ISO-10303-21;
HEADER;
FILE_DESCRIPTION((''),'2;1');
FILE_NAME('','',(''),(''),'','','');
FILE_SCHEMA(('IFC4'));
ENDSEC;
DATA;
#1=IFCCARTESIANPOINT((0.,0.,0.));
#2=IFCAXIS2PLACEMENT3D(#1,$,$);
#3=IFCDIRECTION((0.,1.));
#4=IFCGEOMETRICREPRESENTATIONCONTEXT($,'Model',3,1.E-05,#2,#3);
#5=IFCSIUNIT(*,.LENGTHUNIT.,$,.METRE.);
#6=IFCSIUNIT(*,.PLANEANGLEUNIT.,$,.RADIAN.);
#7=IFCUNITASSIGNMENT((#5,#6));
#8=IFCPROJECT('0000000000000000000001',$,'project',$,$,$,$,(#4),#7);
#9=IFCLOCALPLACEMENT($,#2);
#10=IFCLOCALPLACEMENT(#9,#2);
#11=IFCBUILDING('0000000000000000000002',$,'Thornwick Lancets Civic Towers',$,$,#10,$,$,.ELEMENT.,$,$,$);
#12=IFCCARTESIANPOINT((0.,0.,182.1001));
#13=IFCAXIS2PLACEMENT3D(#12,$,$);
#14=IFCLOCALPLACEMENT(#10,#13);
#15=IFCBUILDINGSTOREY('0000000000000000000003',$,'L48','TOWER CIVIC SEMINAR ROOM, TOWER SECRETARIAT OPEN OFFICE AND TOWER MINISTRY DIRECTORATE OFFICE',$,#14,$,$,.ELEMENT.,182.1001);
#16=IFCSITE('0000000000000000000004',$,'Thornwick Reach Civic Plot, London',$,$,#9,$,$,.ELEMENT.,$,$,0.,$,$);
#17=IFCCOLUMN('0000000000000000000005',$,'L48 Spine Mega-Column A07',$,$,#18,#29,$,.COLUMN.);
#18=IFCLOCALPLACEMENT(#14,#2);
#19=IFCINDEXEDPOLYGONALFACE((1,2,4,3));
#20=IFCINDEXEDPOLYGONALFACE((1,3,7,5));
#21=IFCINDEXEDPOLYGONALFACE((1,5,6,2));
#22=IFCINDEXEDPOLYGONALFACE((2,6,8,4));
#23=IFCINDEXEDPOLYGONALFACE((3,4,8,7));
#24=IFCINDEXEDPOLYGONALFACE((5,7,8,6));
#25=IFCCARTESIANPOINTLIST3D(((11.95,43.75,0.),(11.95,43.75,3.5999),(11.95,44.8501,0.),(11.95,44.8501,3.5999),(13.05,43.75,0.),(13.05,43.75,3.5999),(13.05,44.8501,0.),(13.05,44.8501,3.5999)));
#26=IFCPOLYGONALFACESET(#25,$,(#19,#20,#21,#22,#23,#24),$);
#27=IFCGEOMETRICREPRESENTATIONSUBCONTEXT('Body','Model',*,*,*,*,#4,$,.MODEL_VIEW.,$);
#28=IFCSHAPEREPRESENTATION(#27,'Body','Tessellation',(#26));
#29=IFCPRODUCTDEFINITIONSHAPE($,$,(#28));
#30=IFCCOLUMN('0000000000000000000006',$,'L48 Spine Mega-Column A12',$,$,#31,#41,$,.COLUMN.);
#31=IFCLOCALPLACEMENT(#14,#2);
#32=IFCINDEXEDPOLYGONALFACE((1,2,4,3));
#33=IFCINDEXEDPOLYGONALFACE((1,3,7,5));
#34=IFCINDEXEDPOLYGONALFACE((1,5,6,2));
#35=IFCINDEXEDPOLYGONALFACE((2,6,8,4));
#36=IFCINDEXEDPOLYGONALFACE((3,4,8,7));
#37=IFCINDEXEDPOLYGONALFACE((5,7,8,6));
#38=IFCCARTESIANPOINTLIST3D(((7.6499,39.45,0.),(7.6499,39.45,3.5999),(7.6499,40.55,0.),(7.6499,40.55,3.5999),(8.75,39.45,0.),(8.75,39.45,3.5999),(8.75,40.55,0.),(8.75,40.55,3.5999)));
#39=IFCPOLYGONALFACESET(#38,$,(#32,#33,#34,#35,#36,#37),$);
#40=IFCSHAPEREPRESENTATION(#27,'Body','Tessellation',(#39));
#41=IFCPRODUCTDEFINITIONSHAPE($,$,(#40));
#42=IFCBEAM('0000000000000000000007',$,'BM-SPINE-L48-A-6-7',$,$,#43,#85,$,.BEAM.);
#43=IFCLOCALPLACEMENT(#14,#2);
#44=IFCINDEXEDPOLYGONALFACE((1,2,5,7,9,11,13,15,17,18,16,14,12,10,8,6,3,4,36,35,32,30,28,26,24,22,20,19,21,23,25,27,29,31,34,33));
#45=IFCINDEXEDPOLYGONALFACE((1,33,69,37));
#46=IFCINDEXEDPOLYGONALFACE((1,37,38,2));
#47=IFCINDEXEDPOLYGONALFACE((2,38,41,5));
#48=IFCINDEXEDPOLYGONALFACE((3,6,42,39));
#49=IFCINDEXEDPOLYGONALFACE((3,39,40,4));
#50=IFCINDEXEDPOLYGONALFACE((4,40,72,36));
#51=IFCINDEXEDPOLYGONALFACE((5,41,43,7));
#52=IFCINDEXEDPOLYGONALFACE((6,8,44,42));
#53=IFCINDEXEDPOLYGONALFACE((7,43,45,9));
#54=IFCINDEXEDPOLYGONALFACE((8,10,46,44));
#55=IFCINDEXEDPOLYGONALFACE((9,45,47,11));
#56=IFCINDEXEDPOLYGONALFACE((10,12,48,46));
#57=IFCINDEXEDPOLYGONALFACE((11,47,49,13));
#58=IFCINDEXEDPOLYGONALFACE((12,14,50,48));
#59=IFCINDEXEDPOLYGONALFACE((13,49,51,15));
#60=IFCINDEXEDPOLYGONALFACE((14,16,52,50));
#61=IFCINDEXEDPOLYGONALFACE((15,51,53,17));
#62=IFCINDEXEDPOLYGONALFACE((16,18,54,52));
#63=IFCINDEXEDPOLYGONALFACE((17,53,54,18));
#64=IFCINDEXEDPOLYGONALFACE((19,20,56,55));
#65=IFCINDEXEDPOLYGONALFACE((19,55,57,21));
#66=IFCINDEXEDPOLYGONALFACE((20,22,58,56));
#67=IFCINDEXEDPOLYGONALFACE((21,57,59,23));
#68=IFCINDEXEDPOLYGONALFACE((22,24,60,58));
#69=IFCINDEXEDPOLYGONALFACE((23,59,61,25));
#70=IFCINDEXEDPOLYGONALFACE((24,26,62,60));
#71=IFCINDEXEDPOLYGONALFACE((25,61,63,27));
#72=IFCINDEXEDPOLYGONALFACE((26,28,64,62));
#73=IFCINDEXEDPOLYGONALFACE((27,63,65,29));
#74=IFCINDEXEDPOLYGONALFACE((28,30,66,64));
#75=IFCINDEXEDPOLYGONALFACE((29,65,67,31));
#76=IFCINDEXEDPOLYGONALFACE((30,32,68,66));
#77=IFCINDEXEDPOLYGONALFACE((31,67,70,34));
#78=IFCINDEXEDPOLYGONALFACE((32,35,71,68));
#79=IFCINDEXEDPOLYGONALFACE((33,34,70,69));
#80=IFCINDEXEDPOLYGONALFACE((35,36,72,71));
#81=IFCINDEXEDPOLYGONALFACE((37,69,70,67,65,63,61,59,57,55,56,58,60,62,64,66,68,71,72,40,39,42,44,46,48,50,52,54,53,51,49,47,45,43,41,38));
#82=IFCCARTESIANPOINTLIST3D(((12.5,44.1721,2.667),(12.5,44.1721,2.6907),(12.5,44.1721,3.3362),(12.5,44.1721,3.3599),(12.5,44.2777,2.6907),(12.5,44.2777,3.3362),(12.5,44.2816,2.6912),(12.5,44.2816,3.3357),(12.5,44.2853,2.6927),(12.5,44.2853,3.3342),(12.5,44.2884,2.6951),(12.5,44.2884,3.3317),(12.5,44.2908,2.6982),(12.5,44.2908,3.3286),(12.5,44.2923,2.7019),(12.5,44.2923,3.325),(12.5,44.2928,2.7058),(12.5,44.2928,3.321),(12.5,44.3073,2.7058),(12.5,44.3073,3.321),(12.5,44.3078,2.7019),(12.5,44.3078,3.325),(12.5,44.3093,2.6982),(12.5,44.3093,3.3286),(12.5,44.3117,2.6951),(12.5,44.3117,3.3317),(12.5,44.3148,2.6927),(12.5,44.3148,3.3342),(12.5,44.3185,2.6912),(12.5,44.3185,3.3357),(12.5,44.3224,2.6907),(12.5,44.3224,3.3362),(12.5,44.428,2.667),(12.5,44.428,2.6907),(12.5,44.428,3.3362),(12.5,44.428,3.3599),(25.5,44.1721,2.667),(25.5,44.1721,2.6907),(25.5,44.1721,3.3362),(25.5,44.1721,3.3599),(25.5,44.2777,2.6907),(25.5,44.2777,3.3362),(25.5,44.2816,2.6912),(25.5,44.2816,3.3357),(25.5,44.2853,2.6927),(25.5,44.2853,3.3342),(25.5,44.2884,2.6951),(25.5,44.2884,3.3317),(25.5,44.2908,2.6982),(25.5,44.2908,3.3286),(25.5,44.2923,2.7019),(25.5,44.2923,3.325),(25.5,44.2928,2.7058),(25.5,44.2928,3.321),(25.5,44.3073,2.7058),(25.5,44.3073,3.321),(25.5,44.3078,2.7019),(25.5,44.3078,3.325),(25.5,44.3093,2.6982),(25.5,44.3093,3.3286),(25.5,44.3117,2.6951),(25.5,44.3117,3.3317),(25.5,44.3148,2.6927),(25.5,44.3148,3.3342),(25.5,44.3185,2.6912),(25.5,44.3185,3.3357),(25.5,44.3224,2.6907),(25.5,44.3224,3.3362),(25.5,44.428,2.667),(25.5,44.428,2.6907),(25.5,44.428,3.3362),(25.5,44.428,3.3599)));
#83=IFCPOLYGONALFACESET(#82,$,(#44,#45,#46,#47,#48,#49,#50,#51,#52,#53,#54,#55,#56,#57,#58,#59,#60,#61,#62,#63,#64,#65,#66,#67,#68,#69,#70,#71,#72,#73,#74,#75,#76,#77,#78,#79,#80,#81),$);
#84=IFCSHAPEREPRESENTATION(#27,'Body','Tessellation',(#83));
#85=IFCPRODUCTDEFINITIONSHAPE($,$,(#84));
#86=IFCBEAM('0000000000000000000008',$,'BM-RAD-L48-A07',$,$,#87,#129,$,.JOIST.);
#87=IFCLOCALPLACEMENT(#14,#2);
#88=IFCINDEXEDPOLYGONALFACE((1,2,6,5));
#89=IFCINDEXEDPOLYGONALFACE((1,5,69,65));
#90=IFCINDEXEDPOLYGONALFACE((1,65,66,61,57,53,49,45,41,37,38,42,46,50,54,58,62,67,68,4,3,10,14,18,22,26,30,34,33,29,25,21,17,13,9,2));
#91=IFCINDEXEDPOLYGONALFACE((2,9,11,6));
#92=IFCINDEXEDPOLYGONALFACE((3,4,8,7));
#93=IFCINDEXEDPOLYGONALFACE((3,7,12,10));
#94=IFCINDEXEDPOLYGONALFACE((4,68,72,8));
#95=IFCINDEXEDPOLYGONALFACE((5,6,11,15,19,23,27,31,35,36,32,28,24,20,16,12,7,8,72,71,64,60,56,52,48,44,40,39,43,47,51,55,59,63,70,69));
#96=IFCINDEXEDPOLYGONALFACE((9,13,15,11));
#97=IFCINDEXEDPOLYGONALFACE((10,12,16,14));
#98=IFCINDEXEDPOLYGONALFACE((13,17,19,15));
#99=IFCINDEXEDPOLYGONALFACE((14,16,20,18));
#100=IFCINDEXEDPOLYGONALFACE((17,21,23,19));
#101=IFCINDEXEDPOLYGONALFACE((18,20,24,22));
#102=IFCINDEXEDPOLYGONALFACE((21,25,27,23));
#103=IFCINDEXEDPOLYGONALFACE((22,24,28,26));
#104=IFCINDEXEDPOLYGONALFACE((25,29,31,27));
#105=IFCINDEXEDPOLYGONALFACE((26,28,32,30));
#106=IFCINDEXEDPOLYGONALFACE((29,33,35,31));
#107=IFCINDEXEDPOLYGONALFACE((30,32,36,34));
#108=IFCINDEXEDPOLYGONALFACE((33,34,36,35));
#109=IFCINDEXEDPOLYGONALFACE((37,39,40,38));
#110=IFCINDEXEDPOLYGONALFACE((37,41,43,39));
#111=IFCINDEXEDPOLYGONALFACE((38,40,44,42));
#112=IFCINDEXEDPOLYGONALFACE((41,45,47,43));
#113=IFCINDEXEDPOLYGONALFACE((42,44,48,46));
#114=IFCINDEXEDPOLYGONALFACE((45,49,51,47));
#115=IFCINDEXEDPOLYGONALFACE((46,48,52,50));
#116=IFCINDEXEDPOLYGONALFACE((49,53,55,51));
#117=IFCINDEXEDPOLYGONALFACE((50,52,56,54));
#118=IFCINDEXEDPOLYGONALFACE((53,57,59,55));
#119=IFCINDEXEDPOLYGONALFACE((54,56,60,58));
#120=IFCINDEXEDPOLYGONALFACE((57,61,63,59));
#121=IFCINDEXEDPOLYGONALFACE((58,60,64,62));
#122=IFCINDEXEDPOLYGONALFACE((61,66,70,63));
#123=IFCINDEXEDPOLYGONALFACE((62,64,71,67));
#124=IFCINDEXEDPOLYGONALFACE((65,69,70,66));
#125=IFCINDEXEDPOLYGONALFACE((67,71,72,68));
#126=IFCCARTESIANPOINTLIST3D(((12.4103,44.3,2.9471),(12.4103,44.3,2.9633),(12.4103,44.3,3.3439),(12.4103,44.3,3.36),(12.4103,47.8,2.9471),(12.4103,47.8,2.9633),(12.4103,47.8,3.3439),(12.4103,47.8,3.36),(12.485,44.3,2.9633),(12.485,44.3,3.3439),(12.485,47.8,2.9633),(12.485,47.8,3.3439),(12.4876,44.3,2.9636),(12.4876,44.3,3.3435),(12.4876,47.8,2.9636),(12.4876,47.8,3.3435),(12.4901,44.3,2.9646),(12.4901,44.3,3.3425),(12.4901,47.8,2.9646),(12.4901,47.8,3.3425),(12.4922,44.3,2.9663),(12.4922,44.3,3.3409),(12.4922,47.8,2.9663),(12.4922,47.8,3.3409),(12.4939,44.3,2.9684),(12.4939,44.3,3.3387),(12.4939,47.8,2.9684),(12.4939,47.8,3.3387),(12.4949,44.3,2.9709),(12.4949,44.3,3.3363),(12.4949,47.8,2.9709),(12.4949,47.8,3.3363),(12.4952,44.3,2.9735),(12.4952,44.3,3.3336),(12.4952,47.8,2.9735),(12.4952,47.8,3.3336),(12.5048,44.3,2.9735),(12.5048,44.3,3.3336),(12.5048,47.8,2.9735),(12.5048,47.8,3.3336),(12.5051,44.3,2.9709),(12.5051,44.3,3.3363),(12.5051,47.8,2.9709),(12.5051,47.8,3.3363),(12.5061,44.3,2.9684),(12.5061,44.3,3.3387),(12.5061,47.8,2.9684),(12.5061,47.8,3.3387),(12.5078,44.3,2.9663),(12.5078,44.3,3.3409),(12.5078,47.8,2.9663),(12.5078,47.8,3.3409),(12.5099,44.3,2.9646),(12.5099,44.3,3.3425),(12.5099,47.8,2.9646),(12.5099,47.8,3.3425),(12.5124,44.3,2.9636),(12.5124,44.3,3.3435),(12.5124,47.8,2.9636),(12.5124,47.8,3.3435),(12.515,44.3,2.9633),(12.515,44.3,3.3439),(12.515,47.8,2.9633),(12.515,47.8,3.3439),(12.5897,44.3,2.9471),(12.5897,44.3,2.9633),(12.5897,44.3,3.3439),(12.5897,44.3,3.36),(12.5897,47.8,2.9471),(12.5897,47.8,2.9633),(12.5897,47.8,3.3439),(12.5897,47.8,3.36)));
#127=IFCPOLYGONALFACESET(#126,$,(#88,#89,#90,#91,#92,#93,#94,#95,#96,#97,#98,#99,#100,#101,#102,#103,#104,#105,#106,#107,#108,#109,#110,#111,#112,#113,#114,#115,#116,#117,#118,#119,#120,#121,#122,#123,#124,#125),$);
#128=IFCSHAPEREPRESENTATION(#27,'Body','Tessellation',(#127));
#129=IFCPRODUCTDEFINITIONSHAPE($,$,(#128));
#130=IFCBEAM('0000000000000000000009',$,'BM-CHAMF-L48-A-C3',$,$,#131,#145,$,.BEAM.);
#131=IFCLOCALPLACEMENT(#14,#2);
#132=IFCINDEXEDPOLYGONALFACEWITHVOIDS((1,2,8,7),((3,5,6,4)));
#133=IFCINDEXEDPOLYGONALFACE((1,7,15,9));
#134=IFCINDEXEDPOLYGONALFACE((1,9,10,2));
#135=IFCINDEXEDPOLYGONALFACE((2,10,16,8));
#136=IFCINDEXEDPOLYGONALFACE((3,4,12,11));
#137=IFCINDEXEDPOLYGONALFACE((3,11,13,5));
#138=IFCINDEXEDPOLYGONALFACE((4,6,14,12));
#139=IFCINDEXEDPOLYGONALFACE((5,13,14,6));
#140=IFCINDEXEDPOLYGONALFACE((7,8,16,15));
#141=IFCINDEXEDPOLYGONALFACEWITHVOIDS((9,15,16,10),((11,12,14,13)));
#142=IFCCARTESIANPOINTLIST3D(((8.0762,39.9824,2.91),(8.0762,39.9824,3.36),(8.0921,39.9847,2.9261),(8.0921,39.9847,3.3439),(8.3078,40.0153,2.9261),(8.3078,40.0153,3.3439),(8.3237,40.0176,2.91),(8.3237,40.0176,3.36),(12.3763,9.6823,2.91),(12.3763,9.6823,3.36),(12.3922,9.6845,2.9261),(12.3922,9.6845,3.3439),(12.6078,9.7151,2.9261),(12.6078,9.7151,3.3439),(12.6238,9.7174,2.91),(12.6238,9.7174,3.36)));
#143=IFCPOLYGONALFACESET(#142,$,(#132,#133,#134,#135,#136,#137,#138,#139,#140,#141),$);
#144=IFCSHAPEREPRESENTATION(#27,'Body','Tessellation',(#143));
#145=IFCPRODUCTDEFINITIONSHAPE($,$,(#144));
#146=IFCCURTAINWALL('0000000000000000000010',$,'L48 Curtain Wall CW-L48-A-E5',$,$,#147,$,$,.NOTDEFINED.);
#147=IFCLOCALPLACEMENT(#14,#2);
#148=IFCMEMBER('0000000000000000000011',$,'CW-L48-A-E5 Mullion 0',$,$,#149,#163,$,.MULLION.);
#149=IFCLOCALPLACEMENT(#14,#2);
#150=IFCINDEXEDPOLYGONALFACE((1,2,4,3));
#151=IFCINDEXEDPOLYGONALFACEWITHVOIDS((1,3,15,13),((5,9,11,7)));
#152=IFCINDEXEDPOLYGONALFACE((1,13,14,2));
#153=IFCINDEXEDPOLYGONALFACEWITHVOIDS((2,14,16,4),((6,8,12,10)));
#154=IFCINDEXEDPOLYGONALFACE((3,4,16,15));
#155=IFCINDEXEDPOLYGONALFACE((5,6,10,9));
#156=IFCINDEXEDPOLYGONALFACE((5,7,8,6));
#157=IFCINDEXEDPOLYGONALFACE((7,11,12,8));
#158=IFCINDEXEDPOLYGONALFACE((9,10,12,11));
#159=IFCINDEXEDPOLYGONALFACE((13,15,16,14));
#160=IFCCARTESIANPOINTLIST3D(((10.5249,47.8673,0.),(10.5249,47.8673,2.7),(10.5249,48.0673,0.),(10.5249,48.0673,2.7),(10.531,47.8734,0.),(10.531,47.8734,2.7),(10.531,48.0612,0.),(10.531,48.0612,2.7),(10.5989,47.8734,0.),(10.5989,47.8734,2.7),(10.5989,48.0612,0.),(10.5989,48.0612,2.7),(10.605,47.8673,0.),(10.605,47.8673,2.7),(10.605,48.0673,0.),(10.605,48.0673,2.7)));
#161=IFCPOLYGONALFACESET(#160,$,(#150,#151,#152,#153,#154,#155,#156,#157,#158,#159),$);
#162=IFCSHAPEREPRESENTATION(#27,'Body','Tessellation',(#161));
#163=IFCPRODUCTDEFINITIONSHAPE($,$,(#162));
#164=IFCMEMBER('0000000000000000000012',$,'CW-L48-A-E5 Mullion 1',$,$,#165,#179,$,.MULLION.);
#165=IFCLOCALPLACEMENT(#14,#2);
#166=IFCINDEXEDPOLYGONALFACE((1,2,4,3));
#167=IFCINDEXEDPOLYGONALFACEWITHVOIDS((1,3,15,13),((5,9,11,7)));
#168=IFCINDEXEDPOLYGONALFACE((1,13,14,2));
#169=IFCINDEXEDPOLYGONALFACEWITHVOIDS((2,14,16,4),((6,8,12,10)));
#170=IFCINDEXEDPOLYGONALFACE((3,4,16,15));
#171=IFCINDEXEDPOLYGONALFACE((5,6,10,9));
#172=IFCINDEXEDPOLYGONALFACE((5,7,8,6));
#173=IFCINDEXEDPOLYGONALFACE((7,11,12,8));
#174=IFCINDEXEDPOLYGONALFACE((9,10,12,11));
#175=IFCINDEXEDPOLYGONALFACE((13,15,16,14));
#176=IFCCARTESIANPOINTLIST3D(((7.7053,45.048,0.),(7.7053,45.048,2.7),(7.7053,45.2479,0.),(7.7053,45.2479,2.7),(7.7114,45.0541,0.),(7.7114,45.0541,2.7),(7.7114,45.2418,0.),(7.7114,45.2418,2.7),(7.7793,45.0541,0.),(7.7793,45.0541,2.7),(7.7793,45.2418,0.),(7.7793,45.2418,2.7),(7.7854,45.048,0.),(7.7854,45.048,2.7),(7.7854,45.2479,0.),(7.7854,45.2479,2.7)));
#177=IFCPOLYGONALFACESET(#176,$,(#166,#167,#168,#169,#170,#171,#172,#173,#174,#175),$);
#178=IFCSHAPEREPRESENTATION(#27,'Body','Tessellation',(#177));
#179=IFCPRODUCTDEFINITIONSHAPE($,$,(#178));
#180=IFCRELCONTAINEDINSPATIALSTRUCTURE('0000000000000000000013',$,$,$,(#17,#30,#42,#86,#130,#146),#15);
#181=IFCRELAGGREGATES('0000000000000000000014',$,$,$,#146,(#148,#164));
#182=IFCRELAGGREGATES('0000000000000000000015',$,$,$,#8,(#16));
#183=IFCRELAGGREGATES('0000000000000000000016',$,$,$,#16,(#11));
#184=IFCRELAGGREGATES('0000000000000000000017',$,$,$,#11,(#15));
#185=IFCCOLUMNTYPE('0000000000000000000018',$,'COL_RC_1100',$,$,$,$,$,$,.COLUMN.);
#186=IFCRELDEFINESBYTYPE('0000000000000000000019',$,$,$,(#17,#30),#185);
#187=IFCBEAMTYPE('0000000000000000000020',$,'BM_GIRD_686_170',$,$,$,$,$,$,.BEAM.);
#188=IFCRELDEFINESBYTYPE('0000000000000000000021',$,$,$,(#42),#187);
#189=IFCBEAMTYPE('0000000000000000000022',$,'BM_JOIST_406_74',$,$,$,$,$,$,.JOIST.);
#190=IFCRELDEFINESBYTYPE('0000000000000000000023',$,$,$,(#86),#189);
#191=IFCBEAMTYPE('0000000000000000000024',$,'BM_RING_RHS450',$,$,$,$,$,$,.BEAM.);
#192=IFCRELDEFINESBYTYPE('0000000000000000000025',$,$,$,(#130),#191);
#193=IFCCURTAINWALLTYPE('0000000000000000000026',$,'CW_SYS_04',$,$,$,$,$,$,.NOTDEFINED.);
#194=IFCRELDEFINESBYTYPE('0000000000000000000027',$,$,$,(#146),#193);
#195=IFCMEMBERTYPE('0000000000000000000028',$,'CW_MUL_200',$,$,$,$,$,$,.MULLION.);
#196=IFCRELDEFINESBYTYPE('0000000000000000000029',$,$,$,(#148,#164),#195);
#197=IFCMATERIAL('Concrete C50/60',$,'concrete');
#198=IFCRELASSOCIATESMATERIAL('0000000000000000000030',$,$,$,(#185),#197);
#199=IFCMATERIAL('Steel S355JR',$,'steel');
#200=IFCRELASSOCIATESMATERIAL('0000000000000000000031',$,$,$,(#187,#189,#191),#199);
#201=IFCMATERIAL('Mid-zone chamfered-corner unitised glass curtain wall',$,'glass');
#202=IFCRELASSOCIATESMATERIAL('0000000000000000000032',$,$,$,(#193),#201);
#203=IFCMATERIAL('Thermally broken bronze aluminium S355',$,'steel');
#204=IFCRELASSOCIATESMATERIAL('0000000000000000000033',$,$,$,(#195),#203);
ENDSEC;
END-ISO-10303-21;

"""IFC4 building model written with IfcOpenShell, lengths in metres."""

from ifc_helpers import new_model, si_unit, direction, frame, origin, origin_2d, place, context, subcontext, project, spatial, rectangle, hollow_rectangle, i_section, extrude, material, material_profile, profile_set, type_object, element, aggregate, save


model = new_model("IFC4")

# Units and contexts
model_context = context("Model", 3, precision=1e-05, world=origin(), true_north=direction((0.0, 1.0)))
body_context = subcontext(model_context, "Body", "Model", "MODEL_VIEW")
ifc_project = project(units=[si_unit("LENGTHUNIT", "METRE"), si_unit("PLANEANGLEUNIT", "RADIAN")], contexts=[model_context])

# Site, building, storey
site_placement = place(None, origin())
site = spatial("IfcSite", under=ifc_project, at=site_placement, Name="Thornwick Reach Civic Plot, London", CompositionType="ELEMENT", RefElevation=0.0)
building_placement = place(site_placement, origin())
building = spatial("IfcBuilding", under=site, at=building_placement, Name="Thornwick Lancets Civic Towers", CompositionType="ELEMENT")
storey_placement = place(building_placement, frame((0.0, 0.0, 182.1001)))
storey = spatial("IfcBuildingStorey", under=building, at=storey_placement, Name="L48", Description="TOWER CIVIC SEMINAR ROOM, TOWER SECRETARIAT OPEN OFFICE AND TOWER MINISTRY DIRECTORATE OFFICE", CompositionType="ELEMENT", Elevation=182.1001)

# Columns
ifc_material_1 = material(Name="Concrete C50/60", Category="concrete")
ifc_material_profile_1 = material_profile(ifc_material_1, rectangle(XDim=1.1001, YDim=1.1001, at=origin_2d()), Name="RC 1100x1100")
ifc_profile_set_1 = profile_set([ifc_material_profile_1], Name="Concrete C50/60")
column_type = type_object("IfcColumnType", Name="COL_RC_1100", PredefinedType="COLUMN", material=ifc_profile_set_1)
for number, where, z_axis, x_axis, name in (
    (1, (12.5, 44.3, 0.0), (0.0, 0.0, 1.0), (1.0, 0.0, 0.0), "L48 Spine Mega-Column A07"),
    (2, (8.2, 40.0, 0.0), (0.0, 0.0, 1.0), (1.0, 0.0, 0.0), "L48 Spine Mega-Column A12"),
):
    element("IfcColumn", number, at=place(storey_placement, frame(where, z_axis=z_axis, x_axis=x_axis)), inside=storey, type_object=column_type, Name=name, PredefinedType="COLUMN", context=body_context, shape_type="SweptSolid", body=[
        extrude(rectangle(XDim=1.1001, YDim=1.1001, at=origin_2d()), origin(), (0.0, 0.0, 1.0), 3.5999),
    ])

# Beams
ifc_material_2 = material(Name="Steel S355JR", Category="steel")
ifc_material_profile_2 = material_profile(ifc_material_2, i_section(OverallWidth=0.2559, OverallDepth=0.6929, WebThickness=0.0144, FlangeThickness=0.0237, FilletRadius=0.0151, at=origin_2d()), Name="UKB 686x254x170")
ifc_profile_set_2 = profile_set([ifc_material_profile_2], Name="Steel S355JR")
beam_type_1 = type_object("IfcBeamType", Name="BM_GIRD_686_170", PredefinedType="BEAM", material=ifc_profile_set_2)
beam_1_placement = place(storey_placement, frame((12.5, 44.3, 3.0134), z_axis=(1.0, 0.0, 0.0), x_axis=(0.0, 1.0, 0.0)))
element("IfcBeam", 3, at=beam_1_placement, inside=storey, type_object=beam_type_1, Name="BM-SPINE-L48-A-6-7", PredefinedType="BEAM", context=body_context, shape_type="SweptSolid", body=[
    extrude(i_section(OverallWidth=0.2559, OverallDepth=0.6929, WebThickness=0.0144, FlangeThickness=0.0237, FilletRadius=0.0151, at=origin_2d()), origin(), (0.0, 0.0, 1.0), 13.0),
])
ifc_material_profile_3 = material_profile(ifc_material_2, i_section(OverallWidth=0.1794, OverallDepth=0.4128, WebThickness=0.0095, FlangeThickness=0.0161, FilletRadius=0.0103, at=origin_2d()), Name="UKB 406x178x74")
ifc_profile_set_3 = profile_set([ifc_material_profile_3], Name="Steel S355JR")
beam_type_2 = type_object("IfcBeamType", Name="BM_JOIST_406_74", PredefinedType="JOIST", material=ifc_profile_set_3)
beam_2_placement = place(storey_placement, frame((12.5, 44.3, 3.1536), z_axis=(0.0, 1.0, 0.0), x_axis=(-1.0, 0.0, 0.0)))
element("IfcBeam", 4, at=beam_2_placement, inside=storey, type_object=beam_type_2, Name="BM-RAD-L48-A07", PredefinedType="JOIST", context=body_context, shape_type="SweptSolid", body=[
    extrude(i_section(OverallWidth=0.1794, OverallDepth=0.4128, WebThickness=0.0095, FlangeThickness=0.0161, FilletRadius=0.0103, at=origin_2d()), origin(), (0.0, 0.0, 1.0), 3.5),
])
ifc_material_profile_4 = material_profile(ifc_material_2, hollow_rectangle(XDim=0.25, YDim=0.45, WallThickness=0.0161, at=origin_2d()), Name="RHS 450x250x16")
ifc_profile_set_4 = profile_set([ifc_material_profile_4], Name="Steel S355JR")
beam_type_3 = type_object("IfcBeamType", Name="BM_RING_RHS450", PredefinedType="BEAM", material=ifc_profile_set_4)
beam_3_placement = place(storey_placement, frame((8.2, 40.0, 3.135), z_axis=(0.140508, -0.99008, 0.0), x_axis=(0.99008, 0.140508, 0.0)))
element("IfcBeam", 5, at=beam_3_placement, inside=storey, type_object=beam_type_3, Name="BM-CHAMF-L48-A-C3", PredefinedType="BEAM", context=body_context, shape_type="SweptSolid", body=[
    extrude(hollow_rectangle(XDim=0.25, YDim=0.45, WallThickness=0.0161, at=origin_2d()), origin(), (0.0, 0.0, 1.0), 30.6038),
])

# Curtain wall, members
ifc_material_3 = material(Name="Mid-zone chamfered-corner unitised glass curtain wall", Category="glass")
curtain_wall_type = type_object("IfcCurtainWallType", Name="CW_SYS_04", PredefinedType="NOTDEFINED", material=ifc_material_3)
curtain_wall_placement = place(storey_placement, origin())
curtain_wall = element("IfcCurtainWall", 6, at=curtain_wall_placement, inside=storey, type_object=curtain_wall_type, Name="L48 Curtain Wall CW-L48-A-E5", PredefinedType="NOTDEFINED")
ifc_material_4 = material(Name="Thermally broken bronze aluminium S355", Category="steel")
ifc_material_profile_5 = material_profile(ifc_material_4, hollow_rectangle(XDim=0.0801, YDim=0.2, WallThickness=0.0061, at=origin_2d()), Name="RHS 200x80x6")
ifc_profile_set_5 = profile_set([ifc_material_profile_5], Name="Thermally broken bronze aluminium S355")
member_type_1 = type_object("IfcMemberType", Name="CW_MUL_200", PredefinedType="MULLION", material=ifc_profile_set_5)
member_1_placement = place(storey_placement, frame((10.5649, 47.9673, 0.0), z_axis=(0.0, 0.0, 1.0), x_axis=(1.0, 0.0, 0.0)))
member_1 = element("IfcMember", 7, at=member_1_placement, type_object=member_type_1, Name="CW-L48-A-E5 Mullion 0", PredefinedType="MULLION", context=body_context, shape_type="SweptSolid", body=[
    extrude(hollow_rectangle(XDim=0.0801, YDim=0.2, WallThickness=0.0061, at=origin_2d()), origin(), (0.0, 0.0, 1.0), 2.7),
])
member_2_placement = place(storey_placement, frame((7.7454, 45.1479, 0.0), z_axis=(0.0, 0.0, 1.0), x_axis=(1.0, 0.0, 0.0)))
member_2 = element("IfcMember", 8, at=member_2_placement, type_object=member_type_1, Name="CW-L48-A-E5 Mullion 1", PredefinedType="MULLION", context=body_context, shape_type="SweptSolid", body=[
    extrude(hollow_rectangle(XDim=0.0801, YDim=0.2, WallThickness=0.0061, at=origin_2d()), origin(), (0.0, 0.0, 1.0), 2.7),
])
aggregate(curtain_wall, [member_1, member_2])

save(model, "model.ifc")
